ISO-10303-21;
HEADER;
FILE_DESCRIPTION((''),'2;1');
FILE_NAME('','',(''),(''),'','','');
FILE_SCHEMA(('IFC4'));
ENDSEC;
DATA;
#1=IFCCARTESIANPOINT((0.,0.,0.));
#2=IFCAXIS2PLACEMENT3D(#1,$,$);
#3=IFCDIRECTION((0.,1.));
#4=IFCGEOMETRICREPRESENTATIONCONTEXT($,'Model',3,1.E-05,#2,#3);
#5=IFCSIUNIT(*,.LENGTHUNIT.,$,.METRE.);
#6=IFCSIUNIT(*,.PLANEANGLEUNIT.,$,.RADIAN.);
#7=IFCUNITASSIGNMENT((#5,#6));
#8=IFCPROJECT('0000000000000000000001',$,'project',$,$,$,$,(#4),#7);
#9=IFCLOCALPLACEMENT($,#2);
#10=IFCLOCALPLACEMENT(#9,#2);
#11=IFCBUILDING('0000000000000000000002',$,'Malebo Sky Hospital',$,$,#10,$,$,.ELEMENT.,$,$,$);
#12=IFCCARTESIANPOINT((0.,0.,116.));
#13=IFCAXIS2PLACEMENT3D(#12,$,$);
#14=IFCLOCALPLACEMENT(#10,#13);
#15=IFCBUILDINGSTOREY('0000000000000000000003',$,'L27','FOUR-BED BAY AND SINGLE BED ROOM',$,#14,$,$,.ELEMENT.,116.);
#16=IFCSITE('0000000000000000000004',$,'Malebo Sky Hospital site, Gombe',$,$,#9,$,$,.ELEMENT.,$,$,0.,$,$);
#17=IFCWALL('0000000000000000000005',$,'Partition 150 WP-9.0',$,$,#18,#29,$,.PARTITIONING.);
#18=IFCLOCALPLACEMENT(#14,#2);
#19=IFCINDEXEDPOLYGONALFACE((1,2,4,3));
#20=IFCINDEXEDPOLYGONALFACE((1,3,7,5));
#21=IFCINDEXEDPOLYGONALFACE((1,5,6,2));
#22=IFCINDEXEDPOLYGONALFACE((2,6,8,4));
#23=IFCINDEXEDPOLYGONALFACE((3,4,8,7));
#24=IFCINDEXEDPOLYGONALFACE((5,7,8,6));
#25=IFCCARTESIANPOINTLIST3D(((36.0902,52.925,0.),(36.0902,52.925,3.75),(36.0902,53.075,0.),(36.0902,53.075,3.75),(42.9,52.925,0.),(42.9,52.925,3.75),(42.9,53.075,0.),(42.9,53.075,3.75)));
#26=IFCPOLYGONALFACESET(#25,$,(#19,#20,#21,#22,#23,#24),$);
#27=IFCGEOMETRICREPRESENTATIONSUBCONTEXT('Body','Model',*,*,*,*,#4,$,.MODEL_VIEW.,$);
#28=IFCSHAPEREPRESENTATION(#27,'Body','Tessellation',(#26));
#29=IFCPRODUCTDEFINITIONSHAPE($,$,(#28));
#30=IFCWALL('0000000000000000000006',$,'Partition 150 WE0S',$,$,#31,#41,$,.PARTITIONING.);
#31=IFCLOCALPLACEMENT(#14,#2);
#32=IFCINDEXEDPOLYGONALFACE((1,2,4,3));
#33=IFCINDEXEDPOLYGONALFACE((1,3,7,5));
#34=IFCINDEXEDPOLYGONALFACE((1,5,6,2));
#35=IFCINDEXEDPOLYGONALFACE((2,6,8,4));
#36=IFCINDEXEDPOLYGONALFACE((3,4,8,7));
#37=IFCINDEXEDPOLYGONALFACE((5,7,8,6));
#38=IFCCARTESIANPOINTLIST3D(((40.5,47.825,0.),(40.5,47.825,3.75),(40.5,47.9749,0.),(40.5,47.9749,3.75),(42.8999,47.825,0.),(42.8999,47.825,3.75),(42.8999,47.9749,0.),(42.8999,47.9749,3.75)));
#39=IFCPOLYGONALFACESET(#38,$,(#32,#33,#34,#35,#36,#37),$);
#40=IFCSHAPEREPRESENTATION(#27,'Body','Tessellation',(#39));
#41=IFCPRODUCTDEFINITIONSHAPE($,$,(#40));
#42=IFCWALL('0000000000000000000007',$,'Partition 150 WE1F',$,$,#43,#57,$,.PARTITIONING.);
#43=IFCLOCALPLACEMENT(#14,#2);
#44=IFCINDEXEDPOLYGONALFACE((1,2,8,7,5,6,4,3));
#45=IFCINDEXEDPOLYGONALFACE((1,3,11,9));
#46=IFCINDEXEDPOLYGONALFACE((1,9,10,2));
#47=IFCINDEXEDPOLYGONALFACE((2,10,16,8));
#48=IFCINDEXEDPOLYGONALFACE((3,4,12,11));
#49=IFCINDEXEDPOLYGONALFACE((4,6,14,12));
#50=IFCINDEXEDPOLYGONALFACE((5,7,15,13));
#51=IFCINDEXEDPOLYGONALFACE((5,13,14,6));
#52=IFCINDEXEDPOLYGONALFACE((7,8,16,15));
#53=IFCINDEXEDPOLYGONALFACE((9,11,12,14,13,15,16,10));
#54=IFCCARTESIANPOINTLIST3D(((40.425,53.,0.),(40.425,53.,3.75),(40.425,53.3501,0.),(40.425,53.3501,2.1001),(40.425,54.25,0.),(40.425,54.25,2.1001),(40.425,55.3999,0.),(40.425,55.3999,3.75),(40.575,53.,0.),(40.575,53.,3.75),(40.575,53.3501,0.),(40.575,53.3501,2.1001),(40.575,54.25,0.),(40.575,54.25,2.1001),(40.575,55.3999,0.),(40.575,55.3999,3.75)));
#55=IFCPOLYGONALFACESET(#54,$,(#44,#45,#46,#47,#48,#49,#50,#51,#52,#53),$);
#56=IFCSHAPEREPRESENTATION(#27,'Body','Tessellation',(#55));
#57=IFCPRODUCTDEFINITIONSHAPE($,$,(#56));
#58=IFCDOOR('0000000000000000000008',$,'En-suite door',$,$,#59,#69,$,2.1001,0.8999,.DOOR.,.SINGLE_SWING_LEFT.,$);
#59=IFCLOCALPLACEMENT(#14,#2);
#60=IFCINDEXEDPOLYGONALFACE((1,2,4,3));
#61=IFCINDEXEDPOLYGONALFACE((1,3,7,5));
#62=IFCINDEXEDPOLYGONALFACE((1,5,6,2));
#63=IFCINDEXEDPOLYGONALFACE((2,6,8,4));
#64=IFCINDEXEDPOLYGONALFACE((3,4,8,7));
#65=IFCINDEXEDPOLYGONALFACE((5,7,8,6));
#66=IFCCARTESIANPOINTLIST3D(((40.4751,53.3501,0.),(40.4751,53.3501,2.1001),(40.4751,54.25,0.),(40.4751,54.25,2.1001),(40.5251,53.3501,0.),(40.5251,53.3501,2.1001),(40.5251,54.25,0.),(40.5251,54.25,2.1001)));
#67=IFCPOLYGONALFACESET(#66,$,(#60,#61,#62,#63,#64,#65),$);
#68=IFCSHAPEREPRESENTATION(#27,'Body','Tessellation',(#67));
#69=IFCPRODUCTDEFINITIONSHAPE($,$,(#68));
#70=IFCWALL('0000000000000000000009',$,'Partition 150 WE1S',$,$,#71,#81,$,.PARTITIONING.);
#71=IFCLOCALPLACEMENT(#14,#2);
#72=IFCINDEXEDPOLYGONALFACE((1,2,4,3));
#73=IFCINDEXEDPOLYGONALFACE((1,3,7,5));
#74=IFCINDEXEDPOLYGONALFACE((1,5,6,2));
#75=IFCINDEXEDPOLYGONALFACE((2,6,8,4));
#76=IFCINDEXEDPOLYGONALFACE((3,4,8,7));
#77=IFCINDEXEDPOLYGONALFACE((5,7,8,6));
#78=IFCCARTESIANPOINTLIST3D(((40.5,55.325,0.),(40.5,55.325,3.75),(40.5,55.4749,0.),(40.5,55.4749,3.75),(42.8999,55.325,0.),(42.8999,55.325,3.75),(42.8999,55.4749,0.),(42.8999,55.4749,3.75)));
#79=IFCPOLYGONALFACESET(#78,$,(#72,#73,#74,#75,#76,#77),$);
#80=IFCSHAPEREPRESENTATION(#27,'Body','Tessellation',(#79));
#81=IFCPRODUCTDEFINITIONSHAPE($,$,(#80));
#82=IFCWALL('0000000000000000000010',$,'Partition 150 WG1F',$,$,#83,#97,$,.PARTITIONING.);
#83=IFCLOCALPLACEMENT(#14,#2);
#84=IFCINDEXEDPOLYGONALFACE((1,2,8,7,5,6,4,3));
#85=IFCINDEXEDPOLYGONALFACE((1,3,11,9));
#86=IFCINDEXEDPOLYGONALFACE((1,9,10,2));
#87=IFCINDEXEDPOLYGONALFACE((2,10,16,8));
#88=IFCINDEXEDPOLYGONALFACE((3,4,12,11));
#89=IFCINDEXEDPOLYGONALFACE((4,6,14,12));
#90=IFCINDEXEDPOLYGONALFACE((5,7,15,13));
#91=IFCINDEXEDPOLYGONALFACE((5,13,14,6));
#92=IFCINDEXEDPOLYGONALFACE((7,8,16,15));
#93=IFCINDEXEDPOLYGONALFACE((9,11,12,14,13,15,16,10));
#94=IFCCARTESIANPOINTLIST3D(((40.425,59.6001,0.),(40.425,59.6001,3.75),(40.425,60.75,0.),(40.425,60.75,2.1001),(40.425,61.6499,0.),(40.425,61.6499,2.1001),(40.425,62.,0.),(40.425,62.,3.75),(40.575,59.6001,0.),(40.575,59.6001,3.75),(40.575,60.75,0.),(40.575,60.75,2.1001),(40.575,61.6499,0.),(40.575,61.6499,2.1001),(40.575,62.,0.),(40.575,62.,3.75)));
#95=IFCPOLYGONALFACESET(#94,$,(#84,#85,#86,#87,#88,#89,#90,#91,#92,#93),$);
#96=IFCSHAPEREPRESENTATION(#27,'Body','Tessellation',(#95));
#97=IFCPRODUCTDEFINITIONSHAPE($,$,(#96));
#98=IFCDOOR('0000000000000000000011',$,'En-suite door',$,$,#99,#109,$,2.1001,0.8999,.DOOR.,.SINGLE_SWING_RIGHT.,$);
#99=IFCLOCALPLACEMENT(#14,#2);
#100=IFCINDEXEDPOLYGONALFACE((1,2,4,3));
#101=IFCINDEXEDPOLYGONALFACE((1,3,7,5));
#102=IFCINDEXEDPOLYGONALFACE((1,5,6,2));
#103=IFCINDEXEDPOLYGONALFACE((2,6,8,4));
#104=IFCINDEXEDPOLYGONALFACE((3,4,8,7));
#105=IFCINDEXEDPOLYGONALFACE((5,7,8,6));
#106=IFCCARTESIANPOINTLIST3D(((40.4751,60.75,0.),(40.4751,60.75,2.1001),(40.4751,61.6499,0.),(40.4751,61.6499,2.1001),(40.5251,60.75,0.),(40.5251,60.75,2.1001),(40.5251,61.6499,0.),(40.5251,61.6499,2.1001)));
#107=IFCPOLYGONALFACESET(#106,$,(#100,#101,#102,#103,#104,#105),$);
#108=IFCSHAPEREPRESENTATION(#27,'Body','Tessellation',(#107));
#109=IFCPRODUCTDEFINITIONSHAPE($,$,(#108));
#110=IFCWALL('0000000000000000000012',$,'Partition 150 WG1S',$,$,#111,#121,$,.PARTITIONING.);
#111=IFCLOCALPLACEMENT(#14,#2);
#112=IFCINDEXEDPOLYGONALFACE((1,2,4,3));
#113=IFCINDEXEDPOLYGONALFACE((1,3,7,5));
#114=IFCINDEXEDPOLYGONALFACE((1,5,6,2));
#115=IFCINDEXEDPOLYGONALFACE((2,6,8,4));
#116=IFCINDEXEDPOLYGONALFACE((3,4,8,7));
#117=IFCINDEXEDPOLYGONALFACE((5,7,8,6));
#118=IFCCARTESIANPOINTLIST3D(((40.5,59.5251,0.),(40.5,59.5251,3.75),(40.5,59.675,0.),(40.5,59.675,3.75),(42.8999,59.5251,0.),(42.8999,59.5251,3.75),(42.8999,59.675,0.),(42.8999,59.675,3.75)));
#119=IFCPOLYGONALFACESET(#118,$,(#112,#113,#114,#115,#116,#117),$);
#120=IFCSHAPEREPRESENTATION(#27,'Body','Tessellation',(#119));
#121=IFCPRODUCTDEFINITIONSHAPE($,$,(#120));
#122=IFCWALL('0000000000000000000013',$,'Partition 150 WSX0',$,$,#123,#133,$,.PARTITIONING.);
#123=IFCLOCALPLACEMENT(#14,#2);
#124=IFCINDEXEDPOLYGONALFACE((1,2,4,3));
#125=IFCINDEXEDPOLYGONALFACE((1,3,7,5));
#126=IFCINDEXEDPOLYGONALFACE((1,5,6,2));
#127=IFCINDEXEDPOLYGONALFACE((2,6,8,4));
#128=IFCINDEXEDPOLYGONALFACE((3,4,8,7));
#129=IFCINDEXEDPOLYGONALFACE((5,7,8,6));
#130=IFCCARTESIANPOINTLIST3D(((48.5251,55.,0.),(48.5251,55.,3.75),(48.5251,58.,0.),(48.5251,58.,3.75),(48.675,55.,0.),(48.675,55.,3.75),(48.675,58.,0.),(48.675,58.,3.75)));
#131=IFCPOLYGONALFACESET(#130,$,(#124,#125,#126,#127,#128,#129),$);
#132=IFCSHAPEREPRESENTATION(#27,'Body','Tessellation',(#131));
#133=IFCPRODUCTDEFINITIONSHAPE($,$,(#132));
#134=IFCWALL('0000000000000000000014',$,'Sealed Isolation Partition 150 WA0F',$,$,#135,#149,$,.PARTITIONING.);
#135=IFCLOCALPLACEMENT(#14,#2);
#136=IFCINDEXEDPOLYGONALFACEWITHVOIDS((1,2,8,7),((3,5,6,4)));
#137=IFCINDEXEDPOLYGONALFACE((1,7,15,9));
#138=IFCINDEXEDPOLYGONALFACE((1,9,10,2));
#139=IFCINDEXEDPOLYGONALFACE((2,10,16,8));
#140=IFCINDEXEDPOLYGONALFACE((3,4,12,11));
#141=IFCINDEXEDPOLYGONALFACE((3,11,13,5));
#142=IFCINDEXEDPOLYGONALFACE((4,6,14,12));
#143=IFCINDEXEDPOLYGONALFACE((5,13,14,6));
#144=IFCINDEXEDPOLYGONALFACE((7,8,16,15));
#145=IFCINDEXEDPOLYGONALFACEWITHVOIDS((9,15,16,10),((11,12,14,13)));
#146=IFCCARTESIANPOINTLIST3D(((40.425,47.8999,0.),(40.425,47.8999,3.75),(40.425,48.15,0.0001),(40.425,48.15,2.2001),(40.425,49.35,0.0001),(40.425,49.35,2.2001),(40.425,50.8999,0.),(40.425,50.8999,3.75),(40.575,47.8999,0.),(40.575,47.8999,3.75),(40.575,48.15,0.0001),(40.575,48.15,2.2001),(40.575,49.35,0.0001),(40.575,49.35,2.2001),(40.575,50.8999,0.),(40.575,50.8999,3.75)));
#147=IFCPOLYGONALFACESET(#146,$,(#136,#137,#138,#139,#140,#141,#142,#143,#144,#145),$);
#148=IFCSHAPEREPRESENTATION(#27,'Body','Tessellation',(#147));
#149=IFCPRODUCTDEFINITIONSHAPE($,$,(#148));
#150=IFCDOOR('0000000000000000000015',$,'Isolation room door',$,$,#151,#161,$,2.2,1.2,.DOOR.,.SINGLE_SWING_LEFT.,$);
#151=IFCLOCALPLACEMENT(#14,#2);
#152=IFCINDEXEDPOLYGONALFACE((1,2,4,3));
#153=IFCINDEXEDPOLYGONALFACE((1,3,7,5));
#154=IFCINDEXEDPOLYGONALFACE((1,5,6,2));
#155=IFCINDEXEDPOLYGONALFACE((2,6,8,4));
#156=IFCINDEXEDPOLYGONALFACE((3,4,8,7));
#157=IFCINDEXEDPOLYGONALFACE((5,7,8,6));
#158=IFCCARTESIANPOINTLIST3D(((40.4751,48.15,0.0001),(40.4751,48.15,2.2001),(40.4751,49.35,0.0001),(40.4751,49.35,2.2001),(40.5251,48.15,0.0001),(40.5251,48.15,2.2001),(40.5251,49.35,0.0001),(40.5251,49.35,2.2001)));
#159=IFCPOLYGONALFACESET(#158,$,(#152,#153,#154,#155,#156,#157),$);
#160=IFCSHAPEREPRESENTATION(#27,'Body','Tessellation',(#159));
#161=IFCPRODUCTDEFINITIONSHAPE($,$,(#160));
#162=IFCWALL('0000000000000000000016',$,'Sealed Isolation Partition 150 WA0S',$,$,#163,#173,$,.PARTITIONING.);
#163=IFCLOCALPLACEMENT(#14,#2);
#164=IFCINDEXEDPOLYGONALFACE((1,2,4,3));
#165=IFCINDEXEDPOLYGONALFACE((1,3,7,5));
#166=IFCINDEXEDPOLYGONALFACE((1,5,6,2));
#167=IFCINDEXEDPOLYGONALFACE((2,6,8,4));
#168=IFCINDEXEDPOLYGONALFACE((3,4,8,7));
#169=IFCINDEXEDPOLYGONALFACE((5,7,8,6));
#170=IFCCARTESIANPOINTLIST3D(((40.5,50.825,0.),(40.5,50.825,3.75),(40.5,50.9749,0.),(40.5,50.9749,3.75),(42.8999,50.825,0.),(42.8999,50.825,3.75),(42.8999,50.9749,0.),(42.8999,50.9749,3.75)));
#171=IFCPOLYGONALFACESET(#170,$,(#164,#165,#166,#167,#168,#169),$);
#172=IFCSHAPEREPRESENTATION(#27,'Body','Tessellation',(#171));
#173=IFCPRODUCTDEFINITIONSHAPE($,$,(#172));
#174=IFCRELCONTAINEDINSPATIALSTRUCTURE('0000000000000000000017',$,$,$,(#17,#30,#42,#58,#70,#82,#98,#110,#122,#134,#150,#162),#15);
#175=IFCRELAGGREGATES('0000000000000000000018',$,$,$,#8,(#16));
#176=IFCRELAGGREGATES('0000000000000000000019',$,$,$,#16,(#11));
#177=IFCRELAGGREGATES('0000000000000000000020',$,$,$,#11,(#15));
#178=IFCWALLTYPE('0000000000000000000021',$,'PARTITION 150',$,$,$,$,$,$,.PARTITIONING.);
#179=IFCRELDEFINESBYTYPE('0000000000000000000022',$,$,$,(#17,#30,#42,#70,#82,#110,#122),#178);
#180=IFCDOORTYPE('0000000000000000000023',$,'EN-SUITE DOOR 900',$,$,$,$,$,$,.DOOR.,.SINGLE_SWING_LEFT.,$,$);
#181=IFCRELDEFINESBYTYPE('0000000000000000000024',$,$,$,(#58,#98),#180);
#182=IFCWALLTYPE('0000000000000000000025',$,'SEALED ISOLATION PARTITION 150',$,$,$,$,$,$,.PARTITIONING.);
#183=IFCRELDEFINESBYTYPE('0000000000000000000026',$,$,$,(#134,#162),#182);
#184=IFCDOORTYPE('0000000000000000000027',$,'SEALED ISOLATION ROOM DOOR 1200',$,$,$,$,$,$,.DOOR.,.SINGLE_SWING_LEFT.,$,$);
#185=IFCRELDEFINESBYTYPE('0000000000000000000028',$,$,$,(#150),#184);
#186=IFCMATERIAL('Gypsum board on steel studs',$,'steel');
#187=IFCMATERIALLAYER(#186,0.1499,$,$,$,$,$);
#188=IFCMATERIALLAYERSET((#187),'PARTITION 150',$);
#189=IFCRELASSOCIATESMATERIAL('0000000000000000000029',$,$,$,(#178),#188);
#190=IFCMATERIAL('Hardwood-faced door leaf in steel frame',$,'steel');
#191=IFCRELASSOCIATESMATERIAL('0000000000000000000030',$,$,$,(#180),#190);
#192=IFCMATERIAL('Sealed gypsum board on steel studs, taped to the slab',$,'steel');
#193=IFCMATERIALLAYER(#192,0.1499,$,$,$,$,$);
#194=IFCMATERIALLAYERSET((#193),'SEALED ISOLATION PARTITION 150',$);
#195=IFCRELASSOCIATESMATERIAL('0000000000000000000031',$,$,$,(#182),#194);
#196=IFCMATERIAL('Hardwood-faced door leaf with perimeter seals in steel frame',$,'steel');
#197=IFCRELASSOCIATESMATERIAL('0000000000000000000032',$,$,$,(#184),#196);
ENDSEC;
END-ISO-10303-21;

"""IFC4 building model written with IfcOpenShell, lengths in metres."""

from ifc_helpers import new_model, si_unit, direction, frame, frame_2d, origin, place, context, subcontext, project, spatial, rectangle, extrude, material, layer, layer_set, type_object, element, fill, save


model = new_model("IFC4")

# Units and contexts
model_context = context("Model", 3, precision=1e-05, world=origin(), true_north=direction((0.0, 1.0)))
body_context = subcontext(model_context, "Body", "Model", "MODEL_VIEW")
ifc_project = project(units=[si_unit("LENGTHUNIT", "METRE"), si_unit("PLANEANGLEUNIT", "RADIAN")], contexts=[model_context])

# Site, building, storey
site_placement = place(None, origin())
site = spatial("IfcSite", under=ifc_project, at=site_placement, Name="Malebo Sky Hospital site, Gombe", CompositionType="ELEMENT", RefElevation=0.0)
building_placement = place(site_placement, origin())
building = spatial("IfcBuilding", under=site, at=building_placement, Name="Malebo Sky Hospital", CompositionType="ELEMENT")
storey_placement = place(building_placement, frame((0.0, 0.0, 116.0)))
storey = spatial("IfcBuildingStorey", under=building, at=storey_placement, Name="L27", Description="FOUR-BED BAY AND SINGLE BED ROOM", CompositionType="ELEMENT", Elevation=116.0)

# Shared definitions
ifc_material_1 = material(Name="Gypsum board on steel studs", Category="steel")
ifc_material_2 = material(Name="Hardwood-faced door leaf in steel frame", Category="steel")

# Walls
ifc_layer_1 = layer(ifc_material_1, 0.1499)
ifc_layer_set_1 = layer_set([ifc_layer_1], Name="PARTITION 150")
wall_type_1 = type_object("IfcWallType", Name="PARTITION 150", PredefinedType="PARTITIONING", material=ifc_layer_set_1)
wall_1_placement = place(storey_placement, frame((42.8999, 53.0, 0.0), z_axis=(0.0, 0.0, 1.0), x_axis=(-1.0, 0.0, 0.0)))
element("IfcWall", 1, at=wall_1_placement, inside=storey, type_object=wall_type_1, Name="Partition 150 WP-9.0", PredefinedType="PARTITIONING", context=body_context, shape_type="SweptSolid", body=[
    extrude(rectangle(XDim=6.8098, YDim=0.1499, at=frame_2d((3.4048, 0.0))), origin(), (0.0, 0.0, 1.0), 3.75),
])
wall_2_placement = place(storey_placement, frame((42.8999, 47.8999, 0.0), z_axis=(0.0, 0.0, 1.0), x_axis=(-1.0, 0.0, 0.0)))
element("IfcWall", 2, at=wall_2_placement, inside=storey, type_object=wall_type_1, Name="Partition 150 WE0S", PredefinedType="PARTITIONING", context=body_context, shape_type="SweptSolid", body=[
    extrude(rectangle(XDim=2.3999, YDim=0.1499, at=frame_2d((1.2, 0.0))), origin(), (0.0, 0.0, 1.0), 3.75),
])

# Wall, opening, door
wall_3_placement = place(storey_placement, frame((40.5, 53.0, 0.0), z_axis=(0.0, 0.0, 1.0), x_axis=(0.0, 1.0, 0.0)))
wall_3 = element("IfcWall", 3, at=wall_3_placement, inside=storey, type_object=wall_type_1, Name="Partition 150 WE1F", PredefinedType="PARTITIONING", context=body_context, shape_type="SweptSolid", body=[
    extrude(rectangle(XDim=2.3999, YDim=0.1499, at=frame_2d((1.2, 0.0))), origin(), (0.0, 0.0, 1.0), 3.75),
])
opening_1_placement = place(wall_3_placement, frame((0.3501, 0.0, 0.0)))
opening_1 = element("IfcOpeningElement", 4, at=opening_1_placement, cuts=wall_3, PredefinedType="OPENING", context=body_context, shape_type="SweptSolid", body=[
    extrude(rectangle(XDim=0.8999, YDim=2.1001, at=frame_2d((0.45, 1.05))), frame((0.0, 0.085, 0.0), z_axis=(0.0, -1.0, 0.0), x_axis=(1.0, 0.0, 0.0)), (0.0, 0.0, 1.0), 0.1699),
])
door_type_1 = type_object("IfcDoorType", Name="EN-SUITE DOOR 900", OperationType="SINGLE_SWING_LEFT", PredefinedType="DOOR", material=ifc_material_2)
door_1_placement = place(opening_1_placement, origin())
door_1 = element("IfcDoor", 5, at=door_1_placement, inside=storey, type_object=door_type_1, Name="En-suite door", OperationType="SINGLE_SWING_LEFT", OverallHeight=2.1001, OverallWidth=0.8999, PredefinedType="DOOR", context=body_context, shape_type="SweptSolid", body=[
    extrude(rectangle(XDim=0.8999, YDim=2.1001, at=frame_2d((0.45, 1.05))), frame((0.0, 0.0249, 0.0), z_axis=(0.0, -1.0, 0.0), x_axis=(1.0, 0.0, 0.0)), (0.0, 0.0, 1.0), 0.05),
])
fill(opening_1, door_1)

# Wall
wall_4_placement = place(storey_placement, frame((42.8999, 55.3999, 0.0), z_axis=(0.0, 0.0, 1.0), x_axis=(-1.0, 0.0, 0.0)))
element("IfcWall", 6, at=wall_4_placement, inside=storey, type_object=wall_type_1, Name="Partition 150 WE1S", PredefinedType="PARTITIONING", context=body_context, shape_type="SweptSolid", body=[
    extrude(rectangle(XDim=2.3999, YDim=0.1499, at=frame_2d((1.2, 0.0))), origin(), (0.0, 0.0, 1.0), 3.75),
])

# Wall, opening, door
wall_5_placement = place(storey_placement, frame((40.5, 59.6001, 0.0), z_axis=(0.0, 0.0, 1.0), x_axis=(0.0, 1.0, 0.0)))
wall_5 = element("IfcWall", 7, at=wall_5_placement, inside=storey, type_object=wall_type_1, Name="Partition 150 WG1F", PredefinedType="PARTITIONING", context=body_context, shape_type="SweptSolid", body=[
    extrude(rectangle(XDim=2.3999, YDim=0.1499, at=frame_2d((1.2, 0.0))), origin(), (0.0, 0.0, 1.0), 3.75),
])
opening_2_placement = place(wall_5_placement, frame((1.1499, 0.0, 0.0)))
opening_2 = element("IfcOpeningElement", 8, at=opening_2_placement, cuts=wall_5, PredefinedType="OPENING", context=body_context, shape_type="SweptSolid", body=[
    extrude(rectangle(XDim=0.8999, YDim=2.1001, at=frame_2d((0.45, 1.05))), frame((0.0, 0.085, 0.0), z_axis=(0.0, -1.0, 0.0), x_axis=(1.0, 0.0, 0.0)), (0.0, 0.0, 1.0), 0.1699),
])
door_2_placement = place(opening_2_placement, origin())
door_2 = element("IfcDoor", 9, at=door_2_placement, inside=storey, type_object=door_type_1, Name="En-suite door", OperationType="SINGLE_SWING_RIGHT", OverallHeight=2.1001, OverallWidth=0.8999, PredefinedType="DOOR", context=body_context, shape_type="SweptSolid", body=[
    extrude(rectangle(XDim=0.8999, YDim=2.1001, at=frame_2d((0.45, 1.05))), frame((0.0, 0.0249, 0.0), z_axis=(0.0, -1.0, 0.0), x_axis=(1.0, 0.0, 0.0)), (0.0, 0.0, 1.0), 0.05),
])
fill(opening_2, door_2)

# Walls
wall_6_placement = place(storey_placement, frame((42.8999, 59.6001, 0.0), z_axis=(0.0, 0.0, 1.0), x_axis=(-1.0, 0.0, 0.0)))
element("IfcWall", 10, at=wall_6_placement, inside=storey, type_object=wall_type_1, Name="Partition 150 WG1S", PredefinedType="PARTITIONING", context=body_context, shape_type="SweptSolid", body=[
    extrude(rectangle(XDim=2.3999, YDim=0.1499, at=frame_2d((1.2, 0.0))), origin(), (0.0, 0.0, 1.0), 3.75),
])
wall_7_placement = place(storey_placement, frame((48.6001, 55.0, 0.0), z_axis=(0.0, 0.0, 1.0), x_axis=(0.0, 1.0, 0.0)))
element("IfcWall", 11, at=wall_7_placement, inside=storey, type_object=wall_type_1, Name="Partition 150 WSX0", PredefinedType="PARTITIONING", context=body_context, shape_type="SweptSolid", body=[
    extrude(rectangle(XDim=3.0, YDim=0.1499, at=frame_2d((1.5, 0.0))), origin(), (0.0, 0.0, 1.0), 3.75),
])

# Wall, opening, door
ifc_material_3 = material(Name="Sealed gypsum board on steel studs, taped to the slab", Category="steel")
ifc_layer_2 = layer(ifc_material_3, 0.1499)
ifc_layer_set_2 = layer_set([ifc_layer_2], Name="SEALED ISOLATION PARTITION 150")
wall_type_2 = type_object("IfcWallType", Name="SEALED ISOLATION PARTITION 150", PredefinedType="PARTITIONING", material=ifc_layer_set_2)
wall_8_placement = place(storey_placement, frame((40.5, 47.8999, 0.0), z_axis=(0.0, 0.0, 1.0), x_axis=(0.0, 1.0, 0.0)))
wall_8 = element("IfcWall", 12, at=wall_8_placement, inside=storey, type_object=wall_type_2, Name="Sealed Isolation Partition 150 WA0F", PredefinedType="PARTITIONING", context=body_context, shape_type="SweptSolid", body=[
    extrude(rectangle(XDim=3.0, YDim=0.1499, at=frame_2d((1.5, 0.0))), origin(), (0.0, 0.0, 1.0), 3.75),
])
opening_3_placement = place(wall_8_placement, frame((0.25, 0.0, 0.0)))
opening_3 = element("IfcOpeningElement", 13, at=opening_3_placement, cuts=wall_8, PredefinedType="OPENING", context=body_context, shape_type="SweptSolid", body=[
    extrude(rectangle(XDim=1.2, YDim=2.2, at=frame_2d((0.6001, 1.1001))), frame((0.0, 0.085, 0.0), z_axis=(0.0, -1.0, 0.0), x_axis=(1.0, 0.0, 0.0)), (0.0, 0.0, 1.0), 0.1699),
])
ifc_material_4 = material(Name="Hardwood-faced door leaf with perimeter seals in steel frame", Category="steel")
door_type_2 = type_object("IfcDoorType", Name="SEALED ISOLATION ROOM DOOR 1200", OperationType="SINGLE_SWING_LEFT", PredefinedType="DOOR", material=ifc_material_4)
door_3_placement = place(opening_3_placement, origin())
door_3 = element("IfcDoor", 14, at=door_3_placement, inside=storey, type_object=door_type_2, Name="Isolation room door", OperationType="SINGLE_SWING_LEFT", OverallHeight=2.2, OverallWidth=1.2, PredefinedType="DOOR", context=body_context, shape_type="SweptSolid", body=[
    extrude(rectangle(XDim=1.2, YDim=2.2, at=frame_2d((0.6001, 1.1001))), frame((0.0, 0.0249, 0.0), z_axis=(0.0, -1.0, 0.0), x_axis=(1.0, 0.0, 0.0)), (0.0, 0.0, 1.0), 0.05),
])
fill(opening_3, door_3)

# Wall
wall_9_placement = place(storey_placement, frame((42.8999, 50.8999, 0.0), z_axis=(0.0, 0.0, 1.0), x_axis=(-1.0, 0.0, 0.0)))
element("IfcWall", 15, at=wall_9_placement, inside=storey, type_object=wall_type_2, Name="Sealed Isolation Partition 150 WA0S", PredefinedType="PARTITIONING", context=body_context, shape_type="SweptSolid", body=[
    extrude(rectangle(XDim=2.3999, YDim=0.1499, at=frame_2d((1.2, 0.0))), origin(), (0.0, 0.0, 1.0), 3.75),
])

save(model, "model.ifc")
